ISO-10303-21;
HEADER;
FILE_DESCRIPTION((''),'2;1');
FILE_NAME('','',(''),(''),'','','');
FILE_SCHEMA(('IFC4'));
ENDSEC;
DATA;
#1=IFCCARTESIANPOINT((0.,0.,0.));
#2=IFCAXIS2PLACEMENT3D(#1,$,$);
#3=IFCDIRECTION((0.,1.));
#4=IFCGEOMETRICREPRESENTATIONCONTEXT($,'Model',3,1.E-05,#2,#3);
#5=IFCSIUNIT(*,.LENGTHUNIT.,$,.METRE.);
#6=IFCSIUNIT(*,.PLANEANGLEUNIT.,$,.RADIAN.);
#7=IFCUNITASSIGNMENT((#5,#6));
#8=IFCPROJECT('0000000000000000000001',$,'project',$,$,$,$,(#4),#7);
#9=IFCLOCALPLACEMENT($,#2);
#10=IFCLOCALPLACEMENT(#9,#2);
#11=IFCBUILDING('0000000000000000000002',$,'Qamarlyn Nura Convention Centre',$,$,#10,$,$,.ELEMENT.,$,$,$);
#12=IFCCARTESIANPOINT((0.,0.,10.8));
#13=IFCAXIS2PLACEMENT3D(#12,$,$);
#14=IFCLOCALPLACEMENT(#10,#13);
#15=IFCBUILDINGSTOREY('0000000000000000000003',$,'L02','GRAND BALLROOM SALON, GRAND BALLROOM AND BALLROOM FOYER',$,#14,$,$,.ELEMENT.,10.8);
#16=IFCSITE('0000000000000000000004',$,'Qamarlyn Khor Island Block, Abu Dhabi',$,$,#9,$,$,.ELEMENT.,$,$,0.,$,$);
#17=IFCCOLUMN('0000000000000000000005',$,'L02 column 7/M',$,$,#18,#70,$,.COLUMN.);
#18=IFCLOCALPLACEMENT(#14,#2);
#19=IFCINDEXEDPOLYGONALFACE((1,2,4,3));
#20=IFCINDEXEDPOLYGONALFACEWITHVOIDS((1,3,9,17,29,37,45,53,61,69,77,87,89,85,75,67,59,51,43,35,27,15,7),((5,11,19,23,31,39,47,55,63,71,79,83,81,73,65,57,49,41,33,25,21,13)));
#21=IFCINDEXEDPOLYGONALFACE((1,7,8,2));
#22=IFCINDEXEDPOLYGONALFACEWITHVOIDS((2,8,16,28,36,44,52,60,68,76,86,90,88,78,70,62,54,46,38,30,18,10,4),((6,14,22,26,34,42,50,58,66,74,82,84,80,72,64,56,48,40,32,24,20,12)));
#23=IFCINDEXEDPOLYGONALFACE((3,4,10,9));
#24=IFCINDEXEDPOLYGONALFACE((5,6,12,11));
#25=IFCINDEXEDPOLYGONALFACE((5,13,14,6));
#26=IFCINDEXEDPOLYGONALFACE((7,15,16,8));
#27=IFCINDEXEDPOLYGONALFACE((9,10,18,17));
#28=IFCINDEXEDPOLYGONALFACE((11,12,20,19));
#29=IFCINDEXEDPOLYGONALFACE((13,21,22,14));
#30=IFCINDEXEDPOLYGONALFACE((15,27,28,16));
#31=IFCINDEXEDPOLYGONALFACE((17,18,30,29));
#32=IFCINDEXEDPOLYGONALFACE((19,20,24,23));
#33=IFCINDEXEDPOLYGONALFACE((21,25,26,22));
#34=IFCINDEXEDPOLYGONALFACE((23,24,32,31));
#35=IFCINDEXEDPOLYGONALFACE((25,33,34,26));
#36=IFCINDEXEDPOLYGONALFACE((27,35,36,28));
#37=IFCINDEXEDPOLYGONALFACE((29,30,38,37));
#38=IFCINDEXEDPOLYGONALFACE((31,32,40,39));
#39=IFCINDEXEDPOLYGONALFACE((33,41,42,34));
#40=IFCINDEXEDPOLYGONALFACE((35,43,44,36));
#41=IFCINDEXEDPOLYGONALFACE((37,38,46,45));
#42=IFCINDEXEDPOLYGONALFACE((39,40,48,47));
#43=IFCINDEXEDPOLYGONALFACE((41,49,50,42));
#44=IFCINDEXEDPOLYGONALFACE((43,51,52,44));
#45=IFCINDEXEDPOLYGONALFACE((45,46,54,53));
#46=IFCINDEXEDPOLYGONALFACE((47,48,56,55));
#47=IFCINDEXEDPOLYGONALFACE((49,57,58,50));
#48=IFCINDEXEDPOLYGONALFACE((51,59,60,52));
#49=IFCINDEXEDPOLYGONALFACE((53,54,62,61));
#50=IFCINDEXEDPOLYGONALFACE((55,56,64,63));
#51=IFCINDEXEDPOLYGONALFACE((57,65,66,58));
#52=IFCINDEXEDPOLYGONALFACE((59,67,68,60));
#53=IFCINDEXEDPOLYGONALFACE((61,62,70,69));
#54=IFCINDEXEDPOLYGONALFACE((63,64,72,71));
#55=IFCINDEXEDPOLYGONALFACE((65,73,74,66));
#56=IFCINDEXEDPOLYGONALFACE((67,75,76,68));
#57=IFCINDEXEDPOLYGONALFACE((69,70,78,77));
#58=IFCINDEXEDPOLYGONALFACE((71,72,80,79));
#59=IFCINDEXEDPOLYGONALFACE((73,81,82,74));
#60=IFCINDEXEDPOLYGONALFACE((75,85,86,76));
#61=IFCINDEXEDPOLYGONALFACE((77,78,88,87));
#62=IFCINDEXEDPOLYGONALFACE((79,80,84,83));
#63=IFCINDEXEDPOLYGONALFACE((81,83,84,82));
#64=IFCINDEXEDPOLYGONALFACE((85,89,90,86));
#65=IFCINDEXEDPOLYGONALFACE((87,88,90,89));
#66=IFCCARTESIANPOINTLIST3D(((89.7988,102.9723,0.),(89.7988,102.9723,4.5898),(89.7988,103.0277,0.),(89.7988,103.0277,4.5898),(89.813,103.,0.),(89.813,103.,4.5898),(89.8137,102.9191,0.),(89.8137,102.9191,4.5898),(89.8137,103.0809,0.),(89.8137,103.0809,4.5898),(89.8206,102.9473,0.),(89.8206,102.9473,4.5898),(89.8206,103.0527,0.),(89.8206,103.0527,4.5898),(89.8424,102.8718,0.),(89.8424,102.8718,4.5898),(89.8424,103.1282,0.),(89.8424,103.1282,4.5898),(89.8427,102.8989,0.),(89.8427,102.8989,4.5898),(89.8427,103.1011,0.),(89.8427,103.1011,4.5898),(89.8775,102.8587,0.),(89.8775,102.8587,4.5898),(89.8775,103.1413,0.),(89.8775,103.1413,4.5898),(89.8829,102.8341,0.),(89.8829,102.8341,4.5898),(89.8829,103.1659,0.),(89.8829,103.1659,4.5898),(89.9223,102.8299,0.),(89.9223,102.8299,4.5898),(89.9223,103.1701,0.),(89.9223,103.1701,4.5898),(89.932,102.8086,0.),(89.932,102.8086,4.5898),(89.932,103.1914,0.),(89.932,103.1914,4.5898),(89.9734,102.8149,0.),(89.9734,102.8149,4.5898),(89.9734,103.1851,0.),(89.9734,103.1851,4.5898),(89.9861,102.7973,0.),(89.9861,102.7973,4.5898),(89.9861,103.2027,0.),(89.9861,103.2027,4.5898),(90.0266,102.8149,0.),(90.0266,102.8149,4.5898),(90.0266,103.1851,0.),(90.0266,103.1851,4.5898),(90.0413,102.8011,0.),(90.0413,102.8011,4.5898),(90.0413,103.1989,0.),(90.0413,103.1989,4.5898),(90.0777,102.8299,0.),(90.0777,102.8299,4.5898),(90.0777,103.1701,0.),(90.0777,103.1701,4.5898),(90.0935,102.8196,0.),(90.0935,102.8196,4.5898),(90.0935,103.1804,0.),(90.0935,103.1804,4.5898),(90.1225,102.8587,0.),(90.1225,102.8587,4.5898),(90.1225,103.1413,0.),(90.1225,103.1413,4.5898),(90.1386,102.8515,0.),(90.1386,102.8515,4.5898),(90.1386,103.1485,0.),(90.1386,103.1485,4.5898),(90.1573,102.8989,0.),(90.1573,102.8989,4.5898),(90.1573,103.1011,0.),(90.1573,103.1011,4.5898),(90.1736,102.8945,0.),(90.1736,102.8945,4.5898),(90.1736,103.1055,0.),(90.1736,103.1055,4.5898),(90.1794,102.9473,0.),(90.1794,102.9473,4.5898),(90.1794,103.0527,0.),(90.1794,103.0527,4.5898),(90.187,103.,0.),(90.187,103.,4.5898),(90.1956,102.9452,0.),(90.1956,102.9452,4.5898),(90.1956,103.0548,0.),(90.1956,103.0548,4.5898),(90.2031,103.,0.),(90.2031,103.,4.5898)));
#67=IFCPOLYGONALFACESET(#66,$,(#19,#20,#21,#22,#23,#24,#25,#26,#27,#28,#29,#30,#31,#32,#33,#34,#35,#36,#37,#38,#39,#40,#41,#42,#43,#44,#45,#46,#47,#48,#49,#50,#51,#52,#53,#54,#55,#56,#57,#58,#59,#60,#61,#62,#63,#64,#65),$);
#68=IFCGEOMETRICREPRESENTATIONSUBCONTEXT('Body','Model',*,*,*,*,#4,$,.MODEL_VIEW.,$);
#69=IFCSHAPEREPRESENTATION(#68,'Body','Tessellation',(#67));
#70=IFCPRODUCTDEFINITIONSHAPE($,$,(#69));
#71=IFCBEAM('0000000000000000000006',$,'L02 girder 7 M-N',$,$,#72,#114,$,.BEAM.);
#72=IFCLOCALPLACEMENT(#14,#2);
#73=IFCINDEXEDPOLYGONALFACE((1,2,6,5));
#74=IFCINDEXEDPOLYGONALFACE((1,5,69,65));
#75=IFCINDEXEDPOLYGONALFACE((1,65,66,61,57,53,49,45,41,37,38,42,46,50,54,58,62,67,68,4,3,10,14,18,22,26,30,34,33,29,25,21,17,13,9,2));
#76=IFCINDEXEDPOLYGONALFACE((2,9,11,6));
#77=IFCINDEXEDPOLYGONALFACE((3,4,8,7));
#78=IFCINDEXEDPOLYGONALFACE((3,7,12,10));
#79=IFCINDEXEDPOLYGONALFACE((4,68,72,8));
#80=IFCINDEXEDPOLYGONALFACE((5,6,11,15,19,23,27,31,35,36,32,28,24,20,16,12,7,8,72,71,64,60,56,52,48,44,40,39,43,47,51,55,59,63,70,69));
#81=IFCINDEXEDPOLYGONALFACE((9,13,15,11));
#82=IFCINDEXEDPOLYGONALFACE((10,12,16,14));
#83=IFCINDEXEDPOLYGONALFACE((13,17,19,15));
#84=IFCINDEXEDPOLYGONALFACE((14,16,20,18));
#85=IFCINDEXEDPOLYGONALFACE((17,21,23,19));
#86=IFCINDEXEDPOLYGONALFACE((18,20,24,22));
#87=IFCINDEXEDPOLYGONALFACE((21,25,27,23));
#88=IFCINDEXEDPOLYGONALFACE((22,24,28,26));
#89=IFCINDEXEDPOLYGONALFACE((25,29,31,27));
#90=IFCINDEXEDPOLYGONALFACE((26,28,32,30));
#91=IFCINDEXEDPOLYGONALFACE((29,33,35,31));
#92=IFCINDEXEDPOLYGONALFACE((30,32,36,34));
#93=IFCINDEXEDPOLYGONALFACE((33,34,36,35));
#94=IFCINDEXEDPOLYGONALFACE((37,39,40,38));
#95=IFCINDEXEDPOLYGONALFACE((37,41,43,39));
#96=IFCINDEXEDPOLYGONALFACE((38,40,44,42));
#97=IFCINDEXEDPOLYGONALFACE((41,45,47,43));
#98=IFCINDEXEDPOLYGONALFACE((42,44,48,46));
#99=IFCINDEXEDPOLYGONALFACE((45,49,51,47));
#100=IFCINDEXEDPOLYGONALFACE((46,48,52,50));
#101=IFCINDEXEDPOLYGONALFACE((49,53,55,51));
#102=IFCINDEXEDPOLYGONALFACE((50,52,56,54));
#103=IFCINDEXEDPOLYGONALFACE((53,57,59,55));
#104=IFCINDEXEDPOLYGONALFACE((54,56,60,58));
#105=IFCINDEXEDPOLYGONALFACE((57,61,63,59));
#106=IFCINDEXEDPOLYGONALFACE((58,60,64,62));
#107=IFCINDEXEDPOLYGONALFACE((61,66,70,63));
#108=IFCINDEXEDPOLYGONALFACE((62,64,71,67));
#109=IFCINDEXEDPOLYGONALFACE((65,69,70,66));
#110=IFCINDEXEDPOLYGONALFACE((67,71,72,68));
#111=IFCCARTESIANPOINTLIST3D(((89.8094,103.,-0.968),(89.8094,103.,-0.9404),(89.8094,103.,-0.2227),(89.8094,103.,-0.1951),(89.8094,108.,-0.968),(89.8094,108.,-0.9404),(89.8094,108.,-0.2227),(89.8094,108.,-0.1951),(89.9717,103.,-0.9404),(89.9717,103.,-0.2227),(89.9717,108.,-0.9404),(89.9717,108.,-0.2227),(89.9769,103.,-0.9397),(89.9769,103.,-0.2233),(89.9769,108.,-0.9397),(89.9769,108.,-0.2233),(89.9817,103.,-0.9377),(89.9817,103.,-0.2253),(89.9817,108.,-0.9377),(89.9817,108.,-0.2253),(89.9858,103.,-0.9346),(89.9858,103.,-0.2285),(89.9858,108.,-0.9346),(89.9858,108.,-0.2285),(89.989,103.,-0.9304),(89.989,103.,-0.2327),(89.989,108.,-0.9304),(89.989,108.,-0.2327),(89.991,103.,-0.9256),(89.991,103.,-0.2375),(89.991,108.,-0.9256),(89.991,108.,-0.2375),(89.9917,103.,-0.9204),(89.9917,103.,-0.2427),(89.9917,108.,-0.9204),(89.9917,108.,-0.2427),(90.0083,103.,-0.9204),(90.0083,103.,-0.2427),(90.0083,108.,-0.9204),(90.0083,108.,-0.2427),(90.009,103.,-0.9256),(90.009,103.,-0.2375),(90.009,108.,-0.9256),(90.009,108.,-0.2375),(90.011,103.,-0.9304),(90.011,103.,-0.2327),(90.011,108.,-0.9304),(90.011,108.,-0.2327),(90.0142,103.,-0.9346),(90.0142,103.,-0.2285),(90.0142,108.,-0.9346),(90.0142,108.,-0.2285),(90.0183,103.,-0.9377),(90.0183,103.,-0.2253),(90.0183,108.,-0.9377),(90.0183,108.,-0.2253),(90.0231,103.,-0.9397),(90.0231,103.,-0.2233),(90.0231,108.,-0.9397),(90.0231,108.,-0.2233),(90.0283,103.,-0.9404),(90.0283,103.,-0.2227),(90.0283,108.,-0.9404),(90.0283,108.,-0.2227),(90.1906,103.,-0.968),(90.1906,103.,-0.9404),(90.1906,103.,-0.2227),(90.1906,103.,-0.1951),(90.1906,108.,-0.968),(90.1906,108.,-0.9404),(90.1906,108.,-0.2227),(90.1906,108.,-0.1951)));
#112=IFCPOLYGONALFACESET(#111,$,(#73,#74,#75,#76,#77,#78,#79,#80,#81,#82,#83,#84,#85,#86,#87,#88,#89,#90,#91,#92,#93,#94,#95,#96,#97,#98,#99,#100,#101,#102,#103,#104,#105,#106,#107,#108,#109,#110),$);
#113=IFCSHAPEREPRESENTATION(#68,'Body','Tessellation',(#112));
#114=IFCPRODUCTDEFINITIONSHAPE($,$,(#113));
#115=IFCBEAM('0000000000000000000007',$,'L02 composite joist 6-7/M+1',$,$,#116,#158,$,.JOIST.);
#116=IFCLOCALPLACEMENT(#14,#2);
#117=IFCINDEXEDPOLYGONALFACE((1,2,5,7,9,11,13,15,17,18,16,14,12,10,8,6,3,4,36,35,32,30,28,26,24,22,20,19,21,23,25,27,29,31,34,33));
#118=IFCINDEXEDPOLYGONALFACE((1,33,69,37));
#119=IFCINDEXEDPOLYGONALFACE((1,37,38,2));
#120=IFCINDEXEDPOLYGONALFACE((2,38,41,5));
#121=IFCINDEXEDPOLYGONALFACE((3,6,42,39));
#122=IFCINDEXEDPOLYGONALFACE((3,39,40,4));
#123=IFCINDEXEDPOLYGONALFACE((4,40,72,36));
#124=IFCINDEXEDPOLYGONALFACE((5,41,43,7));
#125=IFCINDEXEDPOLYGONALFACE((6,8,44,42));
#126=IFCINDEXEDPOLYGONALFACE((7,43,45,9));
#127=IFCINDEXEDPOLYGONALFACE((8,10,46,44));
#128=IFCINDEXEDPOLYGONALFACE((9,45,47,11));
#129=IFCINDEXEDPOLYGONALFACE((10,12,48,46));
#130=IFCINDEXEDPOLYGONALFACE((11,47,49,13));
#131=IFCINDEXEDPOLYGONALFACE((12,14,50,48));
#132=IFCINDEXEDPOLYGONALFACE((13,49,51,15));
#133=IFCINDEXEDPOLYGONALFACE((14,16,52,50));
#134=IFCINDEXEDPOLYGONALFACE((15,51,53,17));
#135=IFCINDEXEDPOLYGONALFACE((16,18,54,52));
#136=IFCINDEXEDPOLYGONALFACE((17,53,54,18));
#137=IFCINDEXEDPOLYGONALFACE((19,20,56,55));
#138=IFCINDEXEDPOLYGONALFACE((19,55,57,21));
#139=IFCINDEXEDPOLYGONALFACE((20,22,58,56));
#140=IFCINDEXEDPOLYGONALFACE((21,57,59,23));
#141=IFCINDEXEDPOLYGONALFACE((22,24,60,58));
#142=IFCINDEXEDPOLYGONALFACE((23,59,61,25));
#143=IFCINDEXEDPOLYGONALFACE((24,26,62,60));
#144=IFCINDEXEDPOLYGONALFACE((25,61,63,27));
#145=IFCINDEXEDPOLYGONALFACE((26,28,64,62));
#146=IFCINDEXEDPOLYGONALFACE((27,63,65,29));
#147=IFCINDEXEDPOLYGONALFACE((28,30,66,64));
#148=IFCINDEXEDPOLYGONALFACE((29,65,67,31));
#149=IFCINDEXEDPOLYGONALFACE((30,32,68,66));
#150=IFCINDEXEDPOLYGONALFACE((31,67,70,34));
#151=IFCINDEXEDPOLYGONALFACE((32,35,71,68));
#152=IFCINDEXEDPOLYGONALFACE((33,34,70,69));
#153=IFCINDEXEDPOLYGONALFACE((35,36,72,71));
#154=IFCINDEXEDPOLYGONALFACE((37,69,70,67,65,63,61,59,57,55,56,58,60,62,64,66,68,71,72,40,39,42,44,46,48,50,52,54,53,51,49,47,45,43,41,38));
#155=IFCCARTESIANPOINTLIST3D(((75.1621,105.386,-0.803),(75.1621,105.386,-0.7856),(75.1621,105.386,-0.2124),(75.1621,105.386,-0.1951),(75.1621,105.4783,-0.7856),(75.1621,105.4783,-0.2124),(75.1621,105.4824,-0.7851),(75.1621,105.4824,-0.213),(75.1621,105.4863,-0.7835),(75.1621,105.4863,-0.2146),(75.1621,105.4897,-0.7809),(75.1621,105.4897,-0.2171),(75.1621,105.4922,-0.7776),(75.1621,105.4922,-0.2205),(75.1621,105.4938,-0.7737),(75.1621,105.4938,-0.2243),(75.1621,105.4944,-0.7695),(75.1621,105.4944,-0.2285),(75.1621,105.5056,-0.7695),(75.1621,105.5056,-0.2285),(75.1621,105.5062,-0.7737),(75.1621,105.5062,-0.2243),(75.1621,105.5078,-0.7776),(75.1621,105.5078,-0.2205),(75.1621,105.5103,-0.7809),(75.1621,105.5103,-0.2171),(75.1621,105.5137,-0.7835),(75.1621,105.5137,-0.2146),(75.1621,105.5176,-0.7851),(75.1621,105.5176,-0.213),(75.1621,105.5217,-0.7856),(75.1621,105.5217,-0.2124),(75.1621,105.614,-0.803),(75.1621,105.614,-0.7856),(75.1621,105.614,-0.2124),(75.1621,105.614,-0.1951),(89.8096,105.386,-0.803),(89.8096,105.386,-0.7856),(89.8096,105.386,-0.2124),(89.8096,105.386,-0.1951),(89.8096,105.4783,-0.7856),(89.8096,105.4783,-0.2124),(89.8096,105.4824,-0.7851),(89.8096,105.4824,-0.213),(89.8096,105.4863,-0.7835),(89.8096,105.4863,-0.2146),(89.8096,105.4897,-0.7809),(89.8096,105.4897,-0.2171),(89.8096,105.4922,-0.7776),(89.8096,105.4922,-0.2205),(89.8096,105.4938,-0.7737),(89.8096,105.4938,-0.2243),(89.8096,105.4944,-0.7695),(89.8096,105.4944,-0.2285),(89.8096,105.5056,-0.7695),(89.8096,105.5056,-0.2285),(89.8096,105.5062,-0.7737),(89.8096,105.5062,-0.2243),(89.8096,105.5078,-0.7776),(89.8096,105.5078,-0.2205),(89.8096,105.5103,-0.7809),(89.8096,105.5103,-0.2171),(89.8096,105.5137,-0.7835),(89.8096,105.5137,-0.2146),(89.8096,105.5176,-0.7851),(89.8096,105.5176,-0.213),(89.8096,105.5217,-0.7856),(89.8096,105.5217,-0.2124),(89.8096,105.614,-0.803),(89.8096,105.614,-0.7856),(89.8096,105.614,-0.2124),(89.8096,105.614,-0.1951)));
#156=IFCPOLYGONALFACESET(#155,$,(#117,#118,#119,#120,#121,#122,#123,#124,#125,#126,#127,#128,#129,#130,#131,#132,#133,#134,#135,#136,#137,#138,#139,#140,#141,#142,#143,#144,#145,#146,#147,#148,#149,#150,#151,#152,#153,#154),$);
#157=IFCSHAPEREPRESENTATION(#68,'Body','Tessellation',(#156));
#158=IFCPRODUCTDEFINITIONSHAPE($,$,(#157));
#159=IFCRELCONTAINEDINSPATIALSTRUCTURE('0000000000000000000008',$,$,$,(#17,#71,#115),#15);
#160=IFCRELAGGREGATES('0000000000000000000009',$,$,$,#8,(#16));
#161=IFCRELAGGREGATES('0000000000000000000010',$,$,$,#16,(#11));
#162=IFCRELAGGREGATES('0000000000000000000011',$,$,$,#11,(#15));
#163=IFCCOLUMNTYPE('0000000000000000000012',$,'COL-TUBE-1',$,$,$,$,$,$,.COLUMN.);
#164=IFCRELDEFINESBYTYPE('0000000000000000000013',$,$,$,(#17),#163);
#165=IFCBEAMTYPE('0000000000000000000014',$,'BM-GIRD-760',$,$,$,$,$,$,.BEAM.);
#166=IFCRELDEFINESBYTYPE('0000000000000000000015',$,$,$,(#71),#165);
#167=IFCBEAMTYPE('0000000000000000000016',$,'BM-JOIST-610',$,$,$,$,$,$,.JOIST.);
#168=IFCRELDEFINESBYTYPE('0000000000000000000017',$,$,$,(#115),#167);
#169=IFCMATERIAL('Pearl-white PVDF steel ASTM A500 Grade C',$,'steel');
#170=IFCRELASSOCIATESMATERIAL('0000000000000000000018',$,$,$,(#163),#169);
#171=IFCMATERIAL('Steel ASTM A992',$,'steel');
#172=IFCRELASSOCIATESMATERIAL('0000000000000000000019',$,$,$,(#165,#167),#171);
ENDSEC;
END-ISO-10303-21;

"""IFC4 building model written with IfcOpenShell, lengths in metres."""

from ifc_helpers import new_model, si_unit, direction, frame, origin, origin_2d, place, context, subcontext, project, spatial, hollow_circle, i_section, extrude, material, material_profile, profile_set, type_object, element, save


model = new_model("IFC4")

# Units and contexts
model_context = context("Model", 3, precision=1e-05, world=origin(), true_north=direction((0.0, 1.0)))
body_context = subcontext(model_context, "Body", "Model", "MODEL_VIEW")
ifc_project = project(units=[si_unit("LENGTHUNIT", "METRE"), si_unit("PLANEANGLEUNIT", "RADIAN")], contexts=[model_context])

# Site, building, storey
site_placement = place(None, origin())
site = spatial("IfcSite", under=ifc_project, at=site_placement, Name="Qamarlyn Khor Island Block, Abu Dhabi", CompositionType="ELEMENT", RefElevation=0.0)
building_placement = place(site_placement, origin())
building = spatial("IfcBuilding", under=site, at=building_placement, Name="Qamarlyn Nura Convention Centre", CompositionType="ELEMENT")
storey_placement = place(building_placement, frame((0.0, 0.0, 10.8)))
storey = spatial("IfcBuildingStorey", under=building, at=storey_placement, Name="L02", Description="GRAND BALLROOM SALON, GRAND BALLROOM AND BALLROOM FOYER", CompositionType="ELEMENT", Elevation=10.8)

# Column
ifc_material_1 = material(Name="Pearl-white PVDF steel ASTM A500 Grade C", Category="steel")
ifc_material_profile_1 = material_profile(ifc_material_1, hollow_circle(Radius=0.2031, WallThickness=0.0161, at=origin_2d()), Name="CHS406.4X16")
ifc_profile_set_1 = profile_set([ifc_material_profile_1], Name="Pearl-white PVDF steel ASTM A500 Grade C")
column_type = type_object("IfcColumnType", Name="COL-TUBE-1", PredefinedType="COLUMN", material=ifc_profile_set_1)
column_placement = place(storey_placement, frame((90.0, 103.0, 0.0), z_axis=(0.0, 0.0, 1.0), x_axis=(1.0, 0.0, 0.0)))
element("IfcColumn", 1, at=column_placement, inside=storey, type_object=column_type, Name="L02 column 7/M", PredefinedType="COLUMN", context=body_context, shape_type="SweptSolid", body=[
    extrude(hollow_circle(Radius=0.2031, WallThickness=0.0161, at=origin_2d()), origin(), (0.0, 0.0, 1.0), 4.5898),
])

# Beams
ifc_material_2 = material(Name="Steel ASTM A992", Category="steel")
ifc_material_profile_2 = material_profile(ifc_material_2, i_section(OverallWidth=0.3811, OverallDepth=0.7729, WebThickness=0.0166, FlangeThickness=0.0276, FilletRadius=0.02, at=origin_2d()), Name="W760X257")
ifc_profile_set_2 = profile_set([ifc_material_profile_2], Name="Steel ASTM A992")
beam_type_1 = type_object("IfcBeamType", Name="BM-GIRD-760", PredefinedType="BEAM", material=ifc_profile_set_2)
beam_1_placement = place(storey_placement, frame((90.0, 103.0, -0.5815), z_axis=(0.0, 1.0, 0.0), x_axis=(-1.0, 0.0, 0.0)))
element("IfcBeam", 2, at=beam_1_placement, inside=storey, type_object=beam_type_1, Name="L02 girder 7 M-N", PredefinedType="BEAM", context=body_context, shape_type="SweptSolid", body=[
    extrude(i_section(OverallWidth=0.3811, OverallDepth=0.7729, WebThickness=0.0166, FlangeThickness=0.0276, FilletRadius=0.02, at=origin_2d()), origin(), (0.0, 0.0, 1.0), 5.0),
])
ifc_material_profile_3 = material_profile(ifc_material_2, i_section(OverallWidth=0.228, OverallDepth=0.6079, WebThickness=0.0112, FlangeThickness=0.0173, FilletRadius=0.0161, at=origin_2d()), Name="W610X113")
ifc_profile_set_3 = profile_set([ifc_material_profile_3], Name="Steel ASTM A992")
beam_type_2 = type_object("IfcBeamType", Name="BM-JOIST-610", PredefinedType="JOIST", material=ifc_profile_set_3)
beam_2_placement = place(storey_placement, frame((75.1621, 105.5, -0.499), z_axis=(1.0, 0.0, 0.0), x_axis=(0.0, 1.0, 0.0)))
element("IfcBeam", 3, at=beam_2_placement, inside=storey, type_object=beam_type_2, Name="L02 composite joist 6-7/M+1", PredefinedType="JOIST", context=body_context, shape_type="SweptSolid", body=[
    extrude(i_section(OverallWidth=0.228, OverallDepth=0.6079, WebThickness=0.0112, FlangeThickness=0.0173, FilletRadius=0.0161, at=origin_2d()), origin(), (0.0, 0.0, 1.0), 14.6475),
])

save(model, "model.ifc")
